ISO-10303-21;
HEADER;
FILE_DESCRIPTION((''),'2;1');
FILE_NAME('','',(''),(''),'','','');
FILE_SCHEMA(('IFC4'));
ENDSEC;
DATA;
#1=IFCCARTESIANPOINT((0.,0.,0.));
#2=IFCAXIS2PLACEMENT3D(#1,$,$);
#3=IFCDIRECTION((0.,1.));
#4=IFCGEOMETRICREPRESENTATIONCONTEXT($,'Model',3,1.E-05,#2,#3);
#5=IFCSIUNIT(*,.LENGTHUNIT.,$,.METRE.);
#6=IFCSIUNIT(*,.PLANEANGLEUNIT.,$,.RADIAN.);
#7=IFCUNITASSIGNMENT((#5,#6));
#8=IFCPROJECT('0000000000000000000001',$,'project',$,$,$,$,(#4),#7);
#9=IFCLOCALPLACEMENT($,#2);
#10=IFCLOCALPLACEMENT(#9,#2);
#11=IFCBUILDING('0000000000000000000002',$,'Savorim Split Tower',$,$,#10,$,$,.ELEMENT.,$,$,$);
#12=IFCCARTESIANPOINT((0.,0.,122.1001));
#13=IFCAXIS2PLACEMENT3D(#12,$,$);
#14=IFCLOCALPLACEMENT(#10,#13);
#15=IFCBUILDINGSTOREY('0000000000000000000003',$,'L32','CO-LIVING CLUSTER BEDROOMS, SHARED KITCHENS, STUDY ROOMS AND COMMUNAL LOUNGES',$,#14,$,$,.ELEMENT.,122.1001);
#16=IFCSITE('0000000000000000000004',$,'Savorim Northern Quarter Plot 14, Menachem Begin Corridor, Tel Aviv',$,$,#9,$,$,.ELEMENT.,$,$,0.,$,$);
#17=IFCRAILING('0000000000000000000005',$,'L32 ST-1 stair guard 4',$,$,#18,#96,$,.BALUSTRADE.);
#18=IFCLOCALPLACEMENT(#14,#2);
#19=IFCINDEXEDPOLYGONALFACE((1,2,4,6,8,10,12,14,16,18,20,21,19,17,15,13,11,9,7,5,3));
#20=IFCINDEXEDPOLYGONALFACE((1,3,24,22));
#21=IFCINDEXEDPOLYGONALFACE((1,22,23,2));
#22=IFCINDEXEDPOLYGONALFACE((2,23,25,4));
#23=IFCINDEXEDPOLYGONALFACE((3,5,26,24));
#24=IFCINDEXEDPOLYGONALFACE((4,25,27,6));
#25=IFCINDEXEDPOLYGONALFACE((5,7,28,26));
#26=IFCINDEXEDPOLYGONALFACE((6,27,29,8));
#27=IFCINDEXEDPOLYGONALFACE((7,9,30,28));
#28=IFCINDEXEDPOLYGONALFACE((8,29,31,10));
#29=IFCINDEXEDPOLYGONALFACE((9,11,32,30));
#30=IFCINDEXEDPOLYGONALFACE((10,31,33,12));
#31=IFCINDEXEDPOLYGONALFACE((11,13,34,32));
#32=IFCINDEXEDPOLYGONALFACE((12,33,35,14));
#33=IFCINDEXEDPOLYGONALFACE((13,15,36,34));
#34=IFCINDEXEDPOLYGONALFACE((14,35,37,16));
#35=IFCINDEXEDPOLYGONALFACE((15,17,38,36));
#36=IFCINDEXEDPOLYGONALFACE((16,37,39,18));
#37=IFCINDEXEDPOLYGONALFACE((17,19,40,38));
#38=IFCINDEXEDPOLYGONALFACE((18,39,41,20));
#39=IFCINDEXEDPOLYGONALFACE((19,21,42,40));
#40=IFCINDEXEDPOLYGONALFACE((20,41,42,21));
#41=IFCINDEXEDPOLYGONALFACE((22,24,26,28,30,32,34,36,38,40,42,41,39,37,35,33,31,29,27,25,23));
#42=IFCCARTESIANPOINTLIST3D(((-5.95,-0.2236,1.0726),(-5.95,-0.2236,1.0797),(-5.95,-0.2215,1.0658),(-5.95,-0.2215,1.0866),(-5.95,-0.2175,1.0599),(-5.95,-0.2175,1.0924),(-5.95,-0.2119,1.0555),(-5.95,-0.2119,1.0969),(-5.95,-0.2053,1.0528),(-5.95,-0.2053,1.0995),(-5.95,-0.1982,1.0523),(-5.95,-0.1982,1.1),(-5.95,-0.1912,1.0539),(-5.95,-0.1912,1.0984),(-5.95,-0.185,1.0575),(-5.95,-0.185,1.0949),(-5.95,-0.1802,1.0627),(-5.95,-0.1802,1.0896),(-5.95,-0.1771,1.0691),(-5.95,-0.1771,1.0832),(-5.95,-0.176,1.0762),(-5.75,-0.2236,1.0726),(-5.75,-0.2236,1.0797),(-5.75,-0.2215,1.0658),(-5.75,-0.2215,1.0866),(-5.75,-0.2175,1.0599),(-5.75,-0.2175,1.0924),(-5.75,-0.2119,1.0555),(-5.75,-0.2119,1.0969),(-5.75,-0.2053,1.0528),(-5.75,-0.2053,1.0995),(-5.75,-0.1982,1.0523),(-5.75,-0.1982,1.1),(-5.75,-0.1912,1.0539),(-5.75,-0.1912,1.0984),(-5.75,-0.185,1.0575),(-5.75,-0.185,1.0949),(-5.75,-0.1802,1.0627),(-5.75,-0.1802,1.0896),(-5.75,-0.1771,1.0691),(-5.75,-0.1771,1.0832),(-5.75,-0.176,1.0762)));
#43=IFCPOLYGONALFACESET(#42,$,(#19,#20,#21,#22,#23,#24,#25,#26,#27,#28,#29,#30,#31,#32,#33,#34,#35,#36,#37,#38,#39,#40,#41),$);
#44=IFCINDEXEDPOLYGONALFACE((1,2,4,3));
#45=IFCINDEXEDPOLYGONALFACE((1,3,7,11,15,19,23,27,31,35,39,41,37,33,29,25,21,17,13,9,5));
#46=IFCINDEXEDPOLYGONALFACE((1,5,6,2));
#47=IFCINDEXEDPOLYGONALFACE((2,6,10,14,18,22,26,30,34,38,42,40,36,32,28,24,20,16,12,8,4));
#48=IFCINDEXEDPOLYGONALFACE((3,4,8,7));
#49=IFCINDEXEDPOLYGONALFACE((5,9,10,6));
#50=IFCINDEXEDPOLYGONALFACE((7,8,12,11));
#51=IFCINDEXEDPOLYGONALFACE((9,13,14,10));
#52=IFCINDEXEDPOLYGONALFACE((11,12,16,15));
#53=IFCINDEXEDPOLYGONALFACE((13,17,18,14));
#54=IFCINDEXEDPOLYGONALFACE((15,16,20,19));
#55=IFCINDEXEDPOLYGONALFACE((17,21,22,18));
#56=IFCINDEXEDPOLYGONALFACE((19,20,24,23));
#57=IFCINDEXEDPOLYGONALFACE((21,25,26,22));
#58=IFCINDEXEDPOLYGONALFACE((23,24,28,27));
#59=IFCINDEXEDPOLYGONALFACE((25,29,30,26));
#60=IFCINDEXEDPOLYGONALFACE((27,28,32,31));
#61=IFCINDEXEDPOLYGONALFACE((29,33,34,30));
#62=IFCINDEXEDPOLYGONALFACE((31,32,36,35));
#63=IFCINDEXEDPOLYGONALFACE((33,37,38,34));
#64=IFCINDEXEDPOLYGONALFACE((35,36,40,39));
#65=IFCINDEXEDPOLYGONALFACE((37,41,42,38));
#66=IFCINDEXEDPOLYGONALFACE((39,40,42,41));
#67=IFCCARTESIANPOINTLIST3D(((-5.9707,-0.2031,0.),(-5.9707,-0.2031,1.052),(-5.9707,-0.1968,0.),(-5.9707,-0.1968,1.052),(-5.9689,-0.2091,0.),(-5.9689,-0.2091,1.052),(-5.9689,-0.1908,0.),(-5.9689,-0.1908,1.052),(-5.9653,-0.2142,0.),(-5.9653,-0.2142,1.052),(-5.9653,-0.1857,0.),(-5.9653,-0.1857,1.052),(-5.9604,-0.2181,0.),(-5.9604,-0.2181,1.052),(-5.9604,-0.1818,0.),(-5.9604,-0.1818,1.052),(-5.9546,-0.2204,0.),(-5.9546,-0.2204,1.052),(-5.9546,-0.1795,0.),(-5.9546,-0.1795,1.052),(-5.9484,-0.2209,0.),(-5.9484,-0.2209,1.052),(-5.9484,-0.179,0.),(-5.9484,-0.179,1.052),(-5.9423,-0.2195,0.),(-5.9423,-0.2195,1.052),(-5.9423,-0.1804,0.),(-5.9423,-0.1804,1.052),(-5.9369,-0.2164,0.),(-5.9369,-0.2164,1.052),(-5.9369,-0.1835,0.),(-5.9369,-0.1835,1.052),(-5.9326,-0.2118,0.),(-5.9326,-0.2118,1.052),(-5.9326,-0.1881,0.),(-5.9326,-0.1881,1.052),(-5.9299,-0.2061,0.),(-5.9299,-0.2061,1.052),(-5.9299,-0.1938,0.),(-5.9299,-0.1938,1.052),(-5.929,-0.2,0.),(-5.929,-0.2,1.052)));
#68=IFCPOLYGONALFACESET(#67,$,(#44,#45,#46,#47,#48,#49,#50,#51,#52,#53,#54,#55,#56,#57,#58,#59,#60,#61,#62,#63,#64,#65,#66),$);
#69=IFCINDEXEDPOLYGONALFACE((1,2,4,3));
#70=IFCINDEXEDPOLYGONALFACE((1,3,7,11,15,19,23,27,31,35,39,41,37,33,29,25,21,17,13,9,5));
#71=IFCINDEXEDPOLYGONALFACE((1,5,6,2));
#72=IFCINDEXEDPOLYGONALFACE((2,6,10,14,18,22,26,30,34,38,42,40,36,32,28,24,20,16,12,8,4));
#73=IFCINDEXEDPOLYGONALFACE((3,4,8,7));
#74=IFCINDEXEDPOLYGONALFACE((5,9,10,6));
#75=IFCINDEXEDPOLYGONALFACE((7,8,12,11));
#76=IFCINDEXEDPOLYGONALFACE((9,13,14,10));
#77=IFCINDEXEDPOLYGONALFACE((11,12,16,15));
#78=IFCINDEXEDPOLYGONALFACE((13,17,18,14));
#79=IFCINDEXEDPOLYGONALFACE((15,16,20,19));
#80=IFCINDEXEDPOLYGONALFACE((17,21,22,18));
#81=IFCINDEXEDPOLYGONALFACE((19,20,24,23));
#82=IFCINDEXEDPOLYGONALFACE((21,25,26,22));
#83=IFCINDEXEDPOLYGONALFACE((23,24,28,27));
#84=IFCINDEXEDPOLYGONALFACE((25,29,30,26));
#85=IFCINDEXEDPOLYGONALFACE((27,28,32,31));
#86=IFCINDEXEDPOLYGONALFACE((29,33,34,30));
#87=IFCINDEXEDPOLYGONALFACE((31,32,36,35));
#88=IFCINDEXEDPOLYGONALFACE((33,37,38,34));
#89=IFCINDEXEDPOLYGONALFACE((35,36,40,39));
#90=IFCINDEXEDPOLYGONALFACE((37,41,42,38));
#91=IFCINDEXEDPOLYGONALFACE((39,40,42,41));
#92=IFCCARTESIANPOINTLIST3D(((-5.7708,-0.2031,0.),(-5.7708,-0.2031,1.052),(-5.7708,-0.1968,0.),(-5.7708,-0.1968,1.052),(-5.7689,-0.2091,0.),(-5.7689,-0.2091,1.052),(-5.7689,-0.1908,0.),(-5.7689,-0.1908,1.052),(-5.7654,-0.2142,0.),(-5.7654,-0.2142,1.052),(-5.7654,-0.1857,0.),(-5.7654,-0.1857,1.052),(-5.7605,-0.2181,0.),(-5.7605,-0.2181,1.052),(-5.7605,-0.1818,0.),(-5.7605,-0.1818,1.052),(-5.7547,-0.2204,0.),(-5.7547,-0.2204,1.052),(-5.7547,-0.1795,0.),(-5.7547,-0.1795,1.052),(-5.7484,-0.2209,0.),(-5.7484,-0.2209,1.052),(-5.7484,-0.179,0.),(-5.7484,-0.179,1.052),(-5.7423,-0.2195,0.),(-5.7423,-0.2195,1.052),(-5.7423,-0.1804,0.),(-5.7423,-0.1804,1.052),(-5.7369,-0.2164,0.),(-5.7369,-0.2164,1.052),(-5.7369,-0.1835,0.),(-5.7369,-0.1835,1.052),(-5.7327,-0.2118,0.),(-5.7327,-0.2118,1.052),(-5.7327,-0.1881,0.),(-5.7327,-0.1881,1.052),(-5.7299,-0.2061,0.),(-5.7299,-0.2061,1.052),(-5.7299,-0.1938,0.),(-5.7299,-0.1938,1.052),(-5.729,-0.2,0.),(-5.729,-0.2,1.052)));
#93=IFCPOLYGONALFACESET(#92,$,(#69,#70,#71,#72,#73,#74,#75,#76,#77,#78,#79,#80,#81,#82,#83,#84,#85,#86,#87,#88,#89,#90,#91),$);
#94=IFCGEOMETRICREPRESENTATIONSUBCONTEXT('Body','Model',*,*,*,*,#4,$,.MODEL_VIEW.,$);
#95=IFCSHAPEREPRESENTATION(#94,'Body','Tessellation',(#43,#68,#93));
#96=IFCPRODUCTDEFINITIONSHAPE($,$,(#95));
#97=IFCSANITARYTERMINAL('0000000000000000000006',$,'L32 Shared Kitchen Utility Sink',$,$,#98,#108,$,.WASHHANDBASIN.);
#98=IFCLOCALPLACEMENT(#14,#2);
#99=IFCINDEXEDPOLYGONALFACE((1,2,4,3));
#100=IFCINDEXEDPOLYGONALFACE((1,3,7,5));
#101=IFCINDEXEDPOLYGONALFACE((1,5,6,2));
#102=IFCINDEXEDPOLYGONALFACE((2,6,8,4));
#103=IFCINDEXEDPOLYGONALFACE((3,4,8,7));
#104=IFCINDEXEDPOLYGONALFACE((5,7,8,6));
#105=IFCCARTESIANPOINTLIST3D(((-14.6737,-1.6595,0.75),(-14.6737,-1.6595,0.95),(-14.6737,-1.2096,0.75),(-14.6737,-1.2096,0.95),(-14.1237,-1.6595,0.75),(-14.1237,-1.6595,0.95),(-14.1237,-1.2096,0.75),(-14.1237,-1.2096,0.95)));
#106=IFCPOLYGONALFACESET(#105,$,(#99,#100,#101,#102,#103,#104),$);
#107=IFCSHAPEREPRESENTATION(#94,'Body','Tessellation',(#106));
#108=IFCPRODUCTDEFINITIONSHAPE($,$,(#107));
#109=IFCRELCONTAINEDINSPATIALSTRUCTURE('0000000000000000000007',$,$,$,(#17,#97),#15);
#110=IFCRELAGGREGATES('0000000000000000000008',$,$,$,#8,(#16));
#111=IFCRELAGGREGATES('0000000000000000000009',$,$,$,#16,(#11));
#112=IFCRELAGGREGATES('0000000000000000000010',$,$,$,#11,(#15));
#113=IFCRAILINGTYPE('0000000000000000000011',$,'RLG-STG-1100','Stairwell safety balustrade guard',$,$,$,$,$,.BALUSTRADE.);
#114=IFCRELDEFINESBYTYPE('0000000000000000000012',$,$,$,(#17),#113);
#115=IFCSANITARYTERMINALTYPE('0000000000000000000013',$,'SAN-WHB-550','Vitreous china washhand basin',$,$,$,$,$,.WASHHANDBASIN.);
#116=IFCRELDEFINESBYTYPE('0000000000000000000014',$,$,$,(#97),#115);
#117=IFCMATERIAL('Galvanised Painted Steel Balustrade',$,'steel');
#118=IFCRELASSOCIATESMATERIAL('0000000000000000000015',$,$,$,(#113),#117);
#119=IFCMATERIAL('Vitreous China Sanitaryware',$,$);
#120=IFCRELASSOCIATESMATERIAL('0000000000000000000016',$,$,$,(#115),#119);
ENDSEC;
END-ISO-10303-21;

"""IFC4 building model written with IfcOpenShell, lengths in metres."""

from ifc_helpers import new_model, si_unit, direction, frame, origin, origin_2d, place, context, subcontext, project, spatial, rectangle, circle, extrude, material, type_object, element, save


model = new_model("IFC4")

# Units and contexts
model_context = context("Model", 3, precision=1e-05, world=origin(), true_north=direction((0.0, 1.0)))
body_context = subcontext(model_context, "Body", "Model", "MODEL_VIEW")
ifc_project = project(units=[si_unit("LENGTHUNIT", "METRE"), si_unit("PLANEANGLEUNIT", "RADIAN")], contexts=[model_context])

# Site, building, storey
site_placement = place(None, origin())
site = spatial("IfcSite", under=ifc_project, at=site_placement, Name="Savorim Northern Quarter Plot 14, Menachem Begin Corridor, Tel Aviv", CompositionType="ELEMENT", RefElevation=0.0)
building_placement = place(site_placement, origin())
building = spatial("IfcBuilding", under=site, at=building_placement, Name="Savorim Split Tower", CompositionType="ELEMENT")
storey_placement = place(building_placement, frame((0.0, 0.0, 122.1001)))
storey = spatial("IfcBuildingStorey", under=building, at=storey_placement, Name="L32", Description="CO-LIVING CLUSTER BEDROOMS, SHARED KITCHENS, STUDY ROOMS AND COMMUNAL LOUNGES", CompositionType="ELEMENT", Elevation=122.1001)

# Railing
ifc_material_1 = material(Name="Galvanised Painted Steel Balustrade", Category="steel")
railing_type_1 = type_object("IfcRailingType", Name="RLG-STG-1100", Description="Stairwell safety balustrade guard", PredefinedType="BALUSTRADE", material=ifc_material_1)
railing_1_placement = place(storey_placement, frame((-5.95, -0.2, 0.0)))
element("IfcRailing", 1, at=railing_1_placement, inside=storey, type_object=railing_type_1, Name="L32 ST-1 stair guard 4", PredefinedType="BALUSTRADE", context=body_context, shape_type="SweptSolid", body=[
    extrude(circle(Radius=0.0239, at=origin_2d()), frame((0.0, 0.0, 1.0762), z_axis=(1.0, 0.0, 0.0), x_axis=(0.0, 1.0, 0.0)), (0.0, 0.0, 1.0), 0.2),
    extrude(circle(Radius=0.021, at=origin_2d()), origin(), (0.0, 0.0, 1.0), 1.052),
    extrude(circle(Radius=0.021, at=origin_2d()), frame((0.2, 0.0, 0.0)), (0.0, 0.0, 1.0), 1.052),
])

# Sanitary terminal
ifc_material_2 = material(Name="Vitreous China Sanitaryware")
sanitary_terminal_type = type_object("IfcSanitaryTerminalType", Name="SAN-WHB-550", Description="Vitreous china washhand basin", PredefinedType="WASHHANDBASIN", material=ifc_material_2)
sanitary_terminal_placement = place(storey_placement, frame((-14.3987, -1.4346, 0.75), z_axis=(0.0, 0.0, 1.0), x_axis=(1.0, 0.0, 0.0)))
element("IfcSanitaryTerminal", 2, at=sanitary_terminal_placement, inside=storey, type_object=sanitary_terminal_type, Name="L32 Shared Kitchen Utility Sink", PredefinedType="WASHHANDBASIN", context=body_context, shape_type="SweptSolid", body=[
    extrude(rectangle(XDim=0.55, YDim=0.45, at=origin_2d()), origin(), (0.0, 0.0, 1.0), 0.2),
])

save(model, "model.ifc")
